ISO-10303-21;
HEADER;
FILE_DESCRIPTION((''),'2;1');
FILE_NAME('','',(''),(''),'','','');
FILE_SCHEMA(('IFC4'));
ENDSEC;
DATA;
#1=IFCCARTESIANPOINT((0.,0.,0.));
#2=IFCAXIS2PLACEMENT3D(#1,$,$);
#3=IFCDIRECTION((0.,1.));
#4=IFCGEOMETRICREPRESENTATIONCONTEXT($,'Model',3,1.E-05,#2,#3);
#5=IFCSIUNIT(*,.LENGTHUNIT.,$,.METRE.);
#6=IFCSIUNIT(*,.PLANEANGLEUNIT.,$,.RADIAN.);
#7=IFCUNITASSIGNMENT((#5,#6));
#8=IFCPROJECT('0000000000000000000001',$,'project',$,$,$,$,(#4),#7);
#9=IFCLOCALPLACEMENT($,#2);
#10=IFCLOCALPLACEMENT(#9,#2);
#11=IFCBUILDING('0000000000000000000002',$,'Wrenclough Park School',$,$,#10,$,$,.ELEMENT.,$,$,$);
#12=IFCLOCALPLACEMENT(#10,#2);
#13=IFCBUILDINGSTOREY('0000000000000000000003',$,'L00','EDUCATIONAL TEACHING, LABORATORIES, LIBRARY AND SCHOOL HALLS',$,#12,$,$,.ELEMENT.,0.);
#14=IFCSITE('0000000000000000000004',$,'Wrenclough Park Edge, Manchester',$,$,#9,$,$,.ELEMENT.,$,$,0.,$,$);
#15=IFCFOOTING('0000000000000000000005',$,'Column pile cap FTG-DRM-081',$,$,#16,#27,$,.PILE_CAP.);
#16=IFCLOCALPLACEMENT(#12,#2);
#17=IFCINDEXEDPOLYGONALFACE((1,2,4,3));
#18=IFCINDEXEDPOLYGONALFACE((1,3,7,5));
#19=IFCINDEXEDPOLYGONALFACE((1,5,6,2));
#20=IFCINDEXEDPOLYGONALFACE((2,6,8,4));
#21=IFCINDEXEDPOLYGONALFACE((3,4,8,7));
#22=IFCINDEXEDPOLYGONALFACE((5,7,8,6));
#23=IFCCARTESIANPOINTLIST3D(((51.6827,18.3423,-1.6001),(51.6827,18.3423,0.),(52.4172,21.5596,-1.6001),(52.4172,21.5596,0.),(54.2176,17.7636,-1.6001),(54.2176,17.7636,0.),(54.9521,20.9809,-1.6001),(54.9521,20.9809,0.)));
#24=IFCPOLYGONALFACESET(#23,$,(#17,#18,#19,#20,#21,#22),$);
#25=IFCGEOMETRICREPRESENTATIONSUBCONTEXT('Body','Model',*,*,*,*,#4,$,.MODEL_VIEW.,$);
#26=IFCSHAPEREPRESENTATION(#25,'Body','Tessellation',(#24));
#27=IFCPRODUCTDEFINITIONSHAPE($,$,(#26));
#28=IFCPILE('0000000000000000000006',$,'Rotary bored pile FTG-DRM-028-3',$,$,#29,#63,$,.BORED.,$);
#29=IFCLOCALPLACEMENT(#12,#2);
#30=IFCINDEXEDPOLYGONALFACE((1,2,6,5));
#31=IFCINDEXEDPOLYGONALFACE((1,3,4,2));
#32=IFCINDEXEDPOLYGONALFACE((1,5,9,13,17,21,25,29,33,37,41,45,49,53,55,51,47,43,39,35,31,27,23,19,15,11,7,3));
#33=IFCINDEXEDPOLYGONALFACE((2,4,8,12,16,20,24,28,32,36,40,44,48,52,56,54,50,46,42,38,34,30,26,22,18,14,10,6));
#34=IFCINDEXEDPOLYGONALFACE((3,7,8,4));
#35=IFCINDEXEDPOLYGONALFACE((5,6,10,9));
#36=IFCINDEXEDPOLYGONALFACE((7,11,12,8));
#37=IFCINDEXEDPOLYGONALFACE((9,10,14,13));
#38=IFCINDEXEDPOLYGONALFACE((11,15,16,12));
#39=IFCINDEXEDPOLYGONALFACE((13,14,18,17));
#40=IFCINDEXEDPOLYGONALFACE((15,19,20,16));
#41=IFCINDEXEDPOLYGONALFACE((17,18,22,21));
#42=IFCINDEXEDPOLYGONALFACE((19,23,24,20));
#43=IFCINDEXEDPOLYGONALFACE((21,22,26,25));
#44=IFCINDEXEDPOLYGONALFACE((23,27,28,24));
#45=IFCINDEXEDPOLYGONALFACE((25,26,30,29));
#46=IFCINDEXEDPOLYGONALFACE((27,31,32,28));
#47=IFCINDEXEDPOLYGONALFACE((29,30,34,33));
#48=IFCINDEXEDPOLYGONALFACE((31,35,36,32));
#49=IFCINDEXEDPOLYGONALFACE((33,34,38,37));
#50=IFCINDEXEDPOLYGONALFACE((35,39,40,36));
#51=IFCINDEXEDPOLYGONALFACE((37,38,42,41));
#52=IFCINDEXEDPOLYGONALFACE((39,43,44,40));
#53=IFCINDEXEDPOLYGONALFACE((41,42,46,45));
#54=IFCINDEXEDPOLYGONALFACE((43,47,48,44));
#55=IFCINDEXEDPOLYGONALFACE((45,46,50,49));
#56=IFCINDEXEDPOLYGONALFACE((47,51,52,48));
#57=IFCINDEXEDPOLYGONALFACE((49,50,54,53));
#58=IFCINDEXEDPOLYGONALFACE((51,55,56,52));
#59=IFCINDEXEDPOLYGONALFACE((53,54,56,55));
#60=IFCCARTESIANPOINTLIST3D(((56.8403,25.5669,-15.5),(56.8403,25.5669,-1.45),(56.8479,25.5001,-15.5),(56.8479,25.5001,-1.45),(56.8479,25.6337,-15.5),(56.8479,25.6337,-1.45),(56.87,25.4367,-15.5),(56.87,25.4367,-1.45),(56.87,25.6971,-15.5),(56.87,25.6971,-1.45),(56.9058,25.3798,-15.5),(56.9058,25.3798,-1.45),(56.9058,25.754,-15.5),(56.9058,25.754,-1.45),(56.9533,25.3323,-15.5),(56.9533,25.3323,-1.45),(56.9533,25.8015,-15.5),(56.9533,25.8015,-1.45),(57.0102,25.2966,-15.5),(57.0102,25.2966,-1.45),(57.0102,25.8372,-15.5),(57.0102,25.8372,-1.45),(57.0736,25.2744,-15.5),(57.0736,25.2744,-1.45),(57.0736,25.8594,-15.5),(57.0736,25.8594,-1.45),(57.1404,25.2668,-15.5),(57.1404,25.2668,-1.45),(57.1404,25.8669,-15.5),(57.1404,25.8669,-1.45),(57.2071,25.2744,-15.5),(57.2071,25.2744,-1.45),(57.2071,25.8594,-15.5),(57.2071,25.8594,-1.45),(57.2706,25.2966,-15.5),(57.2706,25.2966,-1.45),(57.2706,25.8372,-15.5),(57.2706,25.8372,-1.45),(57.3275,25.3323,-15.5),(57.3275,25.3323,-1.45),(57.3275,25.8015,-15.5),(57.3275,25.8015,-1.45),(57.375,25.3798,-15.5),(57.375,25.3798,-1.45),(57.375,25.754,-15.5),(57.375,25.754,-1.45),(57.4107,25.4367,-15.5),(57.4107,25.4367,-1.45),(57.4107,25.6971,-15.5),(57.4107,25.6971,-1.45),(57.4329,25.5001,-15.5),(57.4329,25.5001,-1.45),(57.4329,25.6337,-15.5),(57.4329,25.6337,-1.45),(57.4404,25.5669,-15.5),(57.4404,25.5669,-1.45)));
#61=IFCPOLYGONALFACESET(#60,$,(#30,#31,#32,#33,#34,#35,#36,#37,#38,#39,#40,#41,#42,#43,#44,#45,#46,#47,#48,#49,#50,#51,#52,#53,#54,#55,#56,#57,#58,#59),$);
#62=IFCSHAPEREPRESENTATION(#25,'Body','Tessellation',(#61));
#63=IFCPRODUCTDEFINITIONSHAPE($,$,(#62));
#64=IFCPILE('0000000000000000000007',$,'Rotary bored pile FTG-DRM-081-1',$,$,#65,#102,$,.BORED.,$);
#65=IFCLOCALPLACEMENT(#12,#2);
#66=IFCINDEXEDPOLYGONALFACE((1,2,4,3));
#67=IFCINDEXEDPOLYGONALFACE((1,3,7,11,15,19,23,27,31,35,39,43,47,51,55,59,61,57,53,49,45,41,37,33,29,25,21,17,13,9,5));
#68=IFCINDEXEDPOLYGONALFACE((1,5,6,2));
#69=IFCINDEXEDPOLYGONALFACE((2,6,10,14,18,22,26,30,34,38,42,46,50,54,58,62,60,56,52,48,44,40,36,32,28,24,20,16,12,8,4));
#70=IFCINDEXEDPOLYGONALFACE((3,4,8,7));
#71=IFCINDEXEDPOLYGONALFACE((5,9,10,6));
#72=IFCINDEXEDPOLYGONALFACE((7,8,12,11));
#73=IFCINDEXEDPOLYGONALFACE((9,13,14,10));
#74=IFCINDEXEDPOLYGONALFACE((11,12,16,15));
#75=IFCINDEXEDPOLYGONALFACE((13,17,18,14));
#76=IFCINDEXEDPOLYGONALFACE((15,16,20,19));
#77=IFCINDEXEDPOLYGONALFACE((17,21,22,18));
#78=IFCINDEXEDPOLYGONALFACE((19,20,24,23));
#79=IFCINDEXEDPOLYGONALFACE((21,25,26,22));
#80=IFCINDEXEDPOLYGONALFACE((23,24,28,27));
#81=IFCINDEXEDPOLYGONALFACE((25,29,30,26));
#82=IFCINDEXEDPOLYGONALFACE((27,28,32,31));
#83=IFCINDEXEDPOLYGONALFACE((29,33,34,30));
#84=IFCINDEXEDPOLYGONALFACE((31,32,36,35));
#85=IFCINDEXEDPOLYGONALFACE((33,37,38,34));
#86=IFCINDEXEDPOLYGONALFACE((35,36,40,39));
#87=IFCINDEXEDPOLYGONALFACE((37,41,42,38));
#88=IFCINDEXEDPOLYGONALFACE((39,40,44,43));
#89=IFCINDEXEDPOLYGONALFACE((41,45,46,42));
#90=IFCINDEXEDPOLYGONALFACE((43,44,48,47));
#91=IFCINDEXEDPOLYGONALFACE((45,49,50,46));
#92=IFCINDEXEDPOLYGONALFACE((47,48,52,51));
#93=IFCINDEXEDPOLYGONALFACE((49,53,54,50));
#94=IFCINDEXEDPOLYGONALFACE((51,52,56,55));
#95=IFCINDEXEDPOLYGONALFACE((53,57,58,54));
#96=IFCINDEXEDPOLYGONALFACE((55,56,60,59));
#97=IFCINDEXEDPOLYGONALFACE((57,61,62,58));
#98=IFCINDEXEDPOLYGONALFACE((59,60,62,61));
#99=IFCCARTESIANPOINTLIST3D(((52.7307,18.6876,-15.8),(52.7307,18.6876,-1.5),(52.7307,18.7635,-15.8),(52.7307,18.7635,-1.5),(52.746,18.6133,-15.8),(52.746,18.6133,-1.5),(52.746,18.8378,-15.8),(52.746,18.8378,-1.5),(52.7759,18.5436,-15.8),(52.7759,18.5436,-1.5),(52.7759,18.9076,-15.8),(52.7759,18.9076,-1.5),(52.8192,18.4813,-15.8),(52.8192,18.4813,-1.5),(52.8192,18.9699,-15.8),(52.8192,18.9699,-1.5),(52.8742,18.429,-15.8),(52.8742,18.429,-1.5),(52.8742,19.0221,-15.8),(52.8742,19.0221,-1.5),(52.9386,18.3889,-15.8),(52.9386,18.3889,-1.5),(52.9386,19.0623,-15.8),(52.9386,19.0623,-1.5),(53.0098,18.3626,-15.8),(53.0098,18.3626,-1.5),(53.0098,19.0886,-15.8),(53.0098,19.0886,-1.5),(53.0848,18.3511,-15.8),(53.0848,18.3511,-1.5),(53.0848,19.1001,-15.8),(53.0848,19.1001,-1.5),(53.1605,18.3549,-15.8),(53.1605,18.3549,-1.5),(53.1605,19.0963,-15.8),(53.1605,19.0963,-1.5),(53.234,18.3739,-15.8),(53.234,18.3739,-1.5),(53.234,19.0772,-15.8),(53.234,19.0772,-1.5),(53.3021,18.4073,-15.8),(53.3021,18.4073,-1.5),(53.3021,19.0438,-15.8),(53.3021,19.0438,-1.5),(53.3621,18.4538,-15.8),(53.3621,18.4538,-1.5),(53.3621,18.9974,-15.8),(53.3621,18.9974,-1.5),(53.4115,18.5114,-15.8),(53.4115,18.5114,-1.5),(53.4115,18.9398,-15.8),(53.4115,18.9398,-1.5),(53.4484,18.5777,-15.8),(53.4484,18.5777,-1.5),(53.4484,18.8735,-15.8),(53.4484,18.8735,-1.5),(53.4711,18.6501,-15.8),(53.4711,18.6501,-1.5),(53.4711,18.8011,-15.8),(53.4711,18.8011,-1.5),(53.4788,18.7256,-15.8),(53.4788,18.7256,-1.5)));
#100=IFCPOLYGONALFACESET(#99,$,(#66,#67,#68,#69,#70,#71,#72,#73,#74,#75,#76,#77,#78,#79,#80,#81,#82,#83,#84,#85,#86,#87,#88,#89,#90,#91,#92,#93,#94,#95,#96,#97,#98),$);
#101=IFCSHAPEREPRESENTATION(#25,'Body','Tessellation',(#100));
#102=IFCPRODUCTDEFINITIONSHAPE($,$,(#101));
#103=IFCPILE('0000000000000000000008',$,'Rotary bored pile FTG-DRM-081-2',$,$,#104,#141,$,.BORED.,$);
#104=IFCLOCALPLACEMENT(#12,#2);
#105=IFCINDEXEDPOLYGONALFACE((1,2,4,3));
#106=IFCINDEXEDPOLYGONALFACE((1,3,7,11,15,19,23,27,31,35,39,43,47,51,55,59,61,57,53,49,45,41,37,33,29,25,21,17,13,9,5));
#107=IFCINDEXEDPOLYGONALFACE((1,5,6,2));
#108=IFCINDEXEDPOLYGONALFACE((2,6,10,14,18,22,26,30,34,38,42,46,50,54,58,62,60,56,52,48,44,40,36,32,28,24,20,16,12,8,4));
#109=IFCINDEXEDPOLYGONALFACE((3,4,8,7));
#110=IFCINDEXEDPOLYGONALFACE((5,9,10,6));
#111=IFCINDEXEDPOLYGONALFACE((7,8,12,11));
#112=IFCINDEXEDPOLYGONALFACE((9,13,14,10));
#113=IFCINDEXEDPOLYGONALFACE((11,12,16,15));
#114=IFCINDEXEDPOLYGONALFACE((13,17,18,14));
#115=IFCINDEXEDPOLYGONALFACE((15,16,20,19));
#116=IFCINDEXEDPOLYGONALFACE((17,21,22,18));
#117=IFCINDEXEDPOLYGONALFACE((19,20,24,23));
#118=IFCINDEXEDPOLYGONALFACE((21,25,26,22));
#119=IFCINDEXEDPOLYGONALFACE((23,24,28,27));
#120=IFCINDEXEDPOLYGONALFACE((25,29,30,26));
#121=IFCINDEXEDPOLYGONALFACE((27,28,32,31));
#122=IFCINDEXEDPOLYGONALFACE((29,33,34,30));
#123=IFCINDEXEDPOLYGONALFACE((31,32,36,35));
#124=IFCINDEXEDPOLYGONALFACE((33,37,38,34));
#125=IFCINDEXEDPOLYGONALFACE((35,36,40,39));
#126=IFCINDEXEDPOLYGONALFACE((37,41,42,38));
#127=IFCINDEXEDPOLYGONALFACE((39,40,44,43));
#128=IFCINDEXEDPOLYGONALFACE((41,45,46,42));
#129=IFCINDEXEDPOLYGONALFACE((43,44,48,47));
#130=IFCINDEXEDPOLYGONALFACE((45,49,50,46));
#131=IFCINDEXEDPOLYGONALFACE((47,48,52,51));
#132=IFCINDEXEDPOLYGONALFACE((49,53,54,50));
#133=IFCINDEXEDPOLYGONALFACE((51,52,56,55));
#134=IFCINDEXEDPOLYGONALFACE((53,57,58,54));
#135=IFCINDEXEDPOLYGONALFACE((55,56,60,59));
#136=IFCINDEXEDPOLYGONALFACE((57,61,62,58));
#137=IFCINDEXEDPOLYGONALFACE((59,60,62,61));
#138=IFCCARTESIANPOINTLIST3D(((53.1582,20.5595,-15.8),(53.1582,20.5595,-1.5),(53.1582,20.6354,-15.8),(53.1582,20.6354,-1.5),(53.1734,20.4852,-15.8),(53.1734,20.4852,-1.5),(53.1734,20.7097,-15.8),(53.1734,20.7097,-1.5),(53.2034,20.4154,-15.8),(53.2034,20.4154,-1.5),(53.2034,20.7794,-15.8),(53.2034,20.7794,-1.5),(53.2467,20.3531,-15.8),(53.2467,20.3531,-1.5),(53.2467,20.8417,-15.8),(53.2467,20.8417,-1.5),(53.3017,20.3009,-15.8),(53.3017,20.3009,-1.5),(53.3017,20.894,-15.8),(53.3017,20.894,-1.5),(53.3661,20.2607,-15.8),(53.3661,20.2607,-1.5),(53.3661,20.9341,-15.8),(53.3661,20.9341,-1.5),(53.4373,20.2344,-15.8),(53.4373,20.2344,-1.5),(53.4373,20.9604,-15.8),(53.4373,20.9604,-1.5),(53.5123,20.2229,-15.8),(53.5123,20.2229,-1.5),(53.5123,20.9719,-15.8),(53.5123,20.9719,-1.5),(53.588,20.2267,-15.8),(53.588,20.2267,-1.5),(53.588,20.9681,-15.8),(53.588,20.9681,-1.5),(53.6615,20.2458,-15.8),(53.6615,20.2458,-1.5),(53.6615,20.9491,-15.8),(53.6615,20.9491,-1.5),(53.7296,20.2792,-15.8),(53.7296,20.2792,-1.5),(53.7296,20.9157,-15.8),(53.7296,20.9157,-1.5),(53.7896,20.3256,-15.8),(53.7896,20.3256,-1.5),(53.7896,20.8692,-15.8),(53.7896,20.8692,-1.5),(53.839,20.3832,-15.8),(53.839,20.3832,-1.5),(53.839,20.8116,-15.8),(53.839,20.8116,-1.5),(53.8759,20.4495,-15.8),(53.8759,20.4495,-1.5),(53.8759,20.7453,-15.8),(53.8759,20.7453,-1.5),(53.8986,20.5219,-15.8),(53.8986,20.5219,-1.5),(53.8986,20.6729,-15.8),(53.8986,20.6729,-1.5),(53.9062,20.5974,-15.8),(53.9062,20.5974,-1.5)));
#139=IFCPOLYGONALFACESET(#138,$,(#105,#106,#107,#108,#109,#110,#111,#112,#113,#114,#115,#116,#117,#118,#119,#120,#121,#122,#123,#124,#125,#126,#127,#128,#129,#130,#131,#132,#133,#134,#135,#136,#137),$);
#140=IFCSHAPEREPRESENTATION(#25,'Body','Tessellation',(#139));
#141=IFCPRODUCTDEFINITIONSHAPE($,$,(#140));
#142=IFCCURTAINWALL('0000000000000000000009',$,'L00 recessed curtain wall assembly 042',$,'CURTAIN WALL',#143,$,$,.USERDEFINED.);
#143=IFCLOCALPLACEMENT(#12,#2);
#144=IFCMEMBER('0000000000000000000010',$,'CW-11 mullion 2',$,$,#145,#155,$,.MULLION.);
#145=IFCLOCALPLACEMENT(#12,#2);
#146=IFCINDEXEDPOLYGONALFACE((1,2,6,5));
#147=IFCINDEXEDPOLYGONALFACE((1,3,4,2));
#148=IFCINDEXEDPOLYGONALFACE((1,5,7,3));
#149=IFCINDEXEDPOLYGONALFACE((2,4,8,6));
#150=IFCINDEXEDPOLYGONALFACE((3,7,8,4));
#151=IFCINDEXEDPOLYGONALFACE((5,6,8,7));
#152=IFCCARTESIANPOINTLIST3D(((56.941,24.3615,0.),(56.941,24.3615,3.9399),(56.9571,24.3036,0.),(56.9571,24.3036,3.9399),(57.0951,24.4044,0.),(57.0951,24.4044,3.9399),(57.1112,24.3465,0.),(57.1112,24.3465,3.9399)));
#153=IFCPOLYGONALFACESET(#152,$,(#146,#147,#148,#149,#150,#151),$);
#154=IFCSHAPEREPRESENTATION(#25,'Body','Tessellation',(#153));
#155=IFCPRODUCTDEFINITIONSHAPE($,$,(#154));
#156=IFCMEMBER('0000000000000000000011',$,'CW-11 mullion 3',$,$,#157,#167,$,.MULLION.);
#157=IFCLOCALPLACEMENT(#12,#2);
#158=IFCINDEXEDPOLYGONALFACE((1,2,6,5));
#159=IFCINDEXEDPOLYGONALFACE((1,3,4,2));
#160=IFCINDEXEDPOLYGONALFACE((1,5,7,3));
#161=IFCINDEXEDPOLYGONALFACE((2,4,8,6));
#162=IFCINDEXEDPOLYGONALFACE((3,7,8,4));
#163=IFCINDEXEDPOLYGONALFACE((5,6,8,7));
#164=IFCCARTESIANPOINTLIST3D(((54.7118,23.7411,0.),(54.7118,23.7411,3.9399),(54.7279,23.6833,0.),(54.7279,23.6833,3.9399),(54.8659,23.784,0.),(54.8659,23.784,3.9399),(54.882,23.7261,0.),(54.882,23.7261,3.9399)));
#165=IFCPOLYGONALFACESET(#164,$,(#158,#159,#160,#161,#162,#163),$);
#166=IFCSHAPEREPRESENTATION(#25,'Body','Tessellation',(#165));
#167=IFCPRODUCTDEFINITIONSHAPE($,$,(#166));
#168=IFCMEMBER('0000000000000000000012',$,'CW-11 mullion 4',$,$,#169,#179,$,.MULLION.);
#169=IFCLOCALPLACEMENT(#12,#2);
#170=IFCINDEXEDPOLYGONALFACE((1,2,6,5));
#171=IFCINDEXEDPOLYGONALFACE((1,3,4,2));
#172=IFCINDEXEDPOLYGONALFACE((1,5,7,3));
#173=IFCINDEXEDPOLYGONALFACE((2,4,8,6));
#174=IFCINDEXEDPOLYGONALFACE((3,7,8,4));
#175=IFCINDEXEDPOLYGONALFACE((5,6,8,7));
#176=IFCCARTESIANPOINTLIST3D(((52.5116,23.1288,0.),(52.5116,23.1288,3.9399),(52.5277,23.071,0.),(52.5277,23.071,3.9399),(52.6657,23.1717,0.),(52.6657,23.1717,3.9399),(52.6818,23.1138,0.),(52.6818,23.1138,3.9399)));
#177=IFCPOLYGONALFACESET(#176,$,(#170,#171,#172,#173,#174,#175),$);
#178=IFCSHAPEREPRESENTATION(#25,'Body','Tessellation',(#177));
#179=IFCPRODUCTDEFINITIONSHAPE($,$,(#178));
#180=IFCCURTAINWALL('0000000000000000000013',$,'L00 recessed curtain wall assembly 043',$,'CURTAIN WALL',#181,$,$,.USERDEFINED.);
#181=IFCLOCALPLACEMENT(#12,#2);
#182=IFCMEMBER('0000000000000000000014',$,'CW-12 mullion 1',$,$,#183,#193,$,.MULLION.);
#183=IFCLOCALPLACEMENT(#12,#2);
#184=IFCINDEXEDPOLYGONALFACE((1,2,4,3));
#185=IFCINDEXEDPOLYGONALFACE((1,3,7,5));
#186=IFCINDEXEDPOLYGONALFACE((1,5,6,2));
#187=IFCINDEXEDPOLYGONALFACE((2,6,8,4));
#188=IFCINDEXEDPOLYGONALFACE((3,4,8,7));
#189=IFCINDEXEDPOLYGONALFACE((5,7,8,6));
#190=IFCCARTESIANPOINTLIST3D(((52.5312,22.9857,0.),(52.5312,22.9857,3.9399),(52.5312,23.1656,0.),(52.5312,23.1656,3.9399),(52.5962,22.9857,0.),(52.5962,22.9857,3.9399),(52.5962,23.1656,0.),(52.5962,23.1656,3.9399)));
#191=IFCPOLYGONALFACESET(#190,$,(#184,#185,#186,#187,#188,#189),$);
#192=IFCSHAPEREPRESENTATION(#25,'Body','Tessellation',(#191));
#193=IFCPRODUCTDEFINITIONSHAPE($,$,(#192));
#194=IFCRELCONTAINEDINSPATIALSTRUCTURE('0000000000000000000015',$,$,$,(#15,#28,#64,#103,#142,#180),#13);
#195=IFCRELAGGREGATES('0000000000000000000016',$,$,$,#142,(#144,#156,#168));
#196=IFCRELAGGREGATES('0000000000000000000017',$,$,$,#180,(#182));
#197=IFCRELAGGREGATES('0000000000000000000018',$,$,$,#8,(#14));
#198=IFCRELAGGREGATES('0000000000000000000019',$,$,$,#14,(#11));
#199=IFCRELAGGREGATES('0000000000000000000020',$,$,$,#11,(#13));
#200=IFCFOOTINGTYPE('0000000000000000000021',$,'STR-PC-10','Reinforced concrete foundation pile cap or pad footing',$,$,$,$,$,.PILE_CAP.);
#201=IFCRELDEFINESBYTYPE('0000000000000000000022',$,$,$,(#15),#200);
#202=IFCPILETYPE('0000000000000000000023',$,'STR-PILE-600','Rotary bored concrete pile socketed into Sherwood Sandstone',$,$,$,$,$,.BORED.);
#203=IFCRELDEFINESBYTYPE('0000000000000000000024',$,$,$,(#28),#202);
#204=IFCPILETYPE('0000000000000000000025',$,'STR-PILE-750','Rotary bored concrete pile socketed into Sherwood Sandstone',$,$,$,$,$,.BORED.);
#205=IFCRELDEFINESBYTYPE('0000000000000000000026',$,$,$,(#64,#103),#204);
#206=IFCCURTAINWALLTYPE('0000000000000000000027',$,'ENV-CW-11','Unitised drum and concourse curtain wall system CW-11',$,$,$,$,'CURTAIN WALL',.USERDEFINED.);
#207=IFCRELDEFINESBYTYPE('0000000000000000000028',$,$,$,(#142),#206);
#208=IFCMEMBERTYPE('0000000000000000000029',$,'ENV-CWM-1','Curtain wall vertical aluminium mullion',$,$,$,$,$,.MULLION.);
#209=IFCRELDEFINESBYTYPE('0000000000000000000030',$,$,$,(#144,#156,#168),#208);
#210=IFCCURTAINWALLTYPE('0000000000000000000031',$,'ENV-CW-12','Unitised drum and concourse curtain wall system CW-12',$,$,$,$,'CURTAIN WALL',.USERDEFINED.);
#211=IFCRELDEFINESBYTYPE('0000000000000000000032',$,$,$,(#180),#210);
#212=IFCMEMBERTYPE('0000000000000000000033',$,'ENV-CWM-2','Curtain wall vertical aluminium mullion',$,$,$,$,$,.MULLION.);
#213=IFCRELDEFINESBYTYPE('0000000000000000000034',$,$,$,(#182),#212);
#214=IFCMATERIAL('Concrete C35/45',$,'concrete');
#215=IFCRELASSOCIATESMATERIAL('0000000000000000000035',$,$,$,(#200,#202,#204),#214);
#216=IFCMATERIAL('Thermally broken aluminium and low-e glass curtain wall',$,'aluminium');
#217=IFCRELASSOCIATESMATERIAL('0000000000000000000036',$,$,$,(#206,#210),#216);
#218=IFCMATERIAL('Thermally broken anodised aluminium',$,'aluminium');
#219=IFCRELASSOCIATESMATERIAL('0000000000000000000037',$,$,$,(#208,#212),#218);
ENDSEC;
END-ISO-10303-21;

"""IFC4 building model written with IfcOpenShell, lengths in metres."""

from ifc_helpers import new_model, si_unit, direction, frame, origin, origin_2d, place, context, subcontext, project, spatial, rectangle, circle, extrude, material, material_profile, profile_set, type_object, element, aggregate, save


model = new_model("IFC4")

# Units and contexts
model_context = context("Model", 3, precision=1e-05, world=origin(), true_north=direction((0.0, 1.0)))
body_context = subcontext(model_context, "Body", "Model", "MODEL_VIEW")
ifc_project = project(units=[si_unit("LENGTHUNIT", "METRE"), si_unit("PLANEANGLEUNIT", "RADIAN")], contexts=[model_context])

# Site, building, storey
site_placement = place(None, origin())
site = spatial("IfcSite", under=ifc_project, at=site_placement, Name="Wrenclough Park Edge, Manchester", CompositionType="ELEMENT", RefElevation=0.0)
building_placement = place(site_placement, origin())
building = spatial("IfcBuilding", under=site, at=building_placement, Name="Wrenclough Park School", CompositionType="ELEMENT")
storey_placement = place(building_placement, origin())
storey = spatial("IfcBuildingStorey", under=building, at=storey_placement, Name="L00", Description="EDUCATIONAL TEACHING, LABORATORIES, LIBRARY AND SCHOOL HALLS", CompositionType="ELEMENT", Elevation=0.0)

# Footing
ifc_material_1 = material(Name="Concrete C35/45", Category="concrete")
footing_type = type_object("IfcFootingType", Name="STR-PC-10", Description="Reinforced concrete foundation pile cap or pad footing", PredefinedType="PILE_CAP", material=ifc_material_1)
footing_placement = place(storey_placement, frame((53.3174, 19.6616, -1.6001), z_axis=(0.0, 0.0, 1.0), x_axis=(0.22257, 0.974917, 0.0)))
element("IfcFooting", 1, at=footing_placement, inside=storey, type_object=footing_type, Name="Column pile cap FTG-DRM-081", PredefinedType="PILE_CAP", context=body_context, shape_type="SweptSolid", body=[
    extrude(rectangle(XDim=3.3, YDim=2.6001, at=origin_2d()), origin(), (0.0, 0.0, 1.0), 1.6001),
])

# Piles
ifc_material_profile_1 = material_profile(ifc_material_1, circle(Radius=0.3, at=origin_2d()), Name="BORED PILE D600")
ifc_profile_set_1 = profile_set([ifc_material_profile_1], Name="Concrete C35/45")
pile_type_1 = type_object("IfcPileType", Name="STR-PILE-600", Description="Rotary bored concrete pile socketed into Sherwood Sandstone", PredefinedType="BORED", material=ifc_profile_set_1)
pile_placement = place(storey_placement, frame((57.1404, 25.5669, -1.45), z_axis=(0.0, 0.0, -1.0), x_axis=(1.0, 0.0, 0.0)))
element("IfcPile", 2, at=pile_placement, inside=storey, type_object=pile_type_1, Name="Rotary bored pile FTG-DRM-028-3", PredefinedType="BORED", context=body_context, shape_type="SweptSolid", body=[
    extrude(circle(Radius=0.3, at=origin_2d()), origin(), (0.0, 0.0, 1.0), 14.05),
])
ifc_material_profile_2 = material_profile(ifc_material_1, circle(Radius=0.375, at=origin_2d()), Name="BORED PILE D750")
ifc_profile_set_2 = profile_set([ifc_material_profile_2], Name="Concrete C35/45")
pile_type_2 = type_object("IfcPileType", Name="STR-PILE-750", Description="Rotary bored concrete pile socketed into Sherwood Sandstone", PredefinedType="BORED", material=ifc_profile_set_2)
for number, where, z_axis, x_axis, name in (
    (3, (53.1038, 18.7256, -1.5), (0.0, 0.0, -1.0), (1.0, 0.0, 0.0), "Rotary bored pile FTG-DRM-081-1"),
    (4, (53.5312, 20.5974, -1.5), (0.0, 0.0, -1.0), (1.0, 0.0, 0.0), "Rotary bored pile FTG-DRM-081-2"),
):
    element("IfcPile", number, at=place(storey_placement, frame(where, z_axis=z_axis, x_axis=x_axis)), inside=storey, type_object=pile_type_2, Name=name, PredefinedType="BORED", context=body_context, shape_type="SweptSolid", body=[
        extrude(circle(Radius=0.375, at=origin_2d()), origin(), (0.0, 0.0, 1.0), 14.3),
    ])

# Curtain wall, members
ifc_material_2 = material(Name="Thermally broken aluminium and low-e glass curtain wall", Category="aluminium")
curtain_wall_type_1 = type_object("IfcCurtainWallType", Name="ENV-CW-11", Description="Unitised drum and concourse curtain wall system CW-11", ElementType="CURTAIN WALL", PredefinedType="USERDEFINED", material=ifc_material_2)
curtain_wall_1_placement = place(storey_placement, origin())
curtain_wall_1 = element("IfcCurtainWall", 5, at=curtain_wall_1_placement, inside=storey, type_object=curtain_wall_type_1, Name="L00 recessed curtain wall assembly 042", ObjectType="CURTAIN WALL", PredefinedType="USERDEFINED")
ifc_material_3 = material(Name="Thermally broken anodised aluminium", Category="aluminium")
ifc_material_profile_3 = material_profile(ifc_material_3, rectangle(XDim=0.0601, YDim=0.1599, at=origin_2d()), Name="AL MULLION 60x160")
ifc_profile_set_3 = profile_set([ifc_material_profile_3], Name="Thermally broken anodised aluminium")
member_type_1 = type_object("IfcMemberType", Name="ENV-CWM-1", Description="Curtain wall vertical aluminium mullion", PredefinedType="MULLION", material=ifc_profile_set_3)
member_1_placement = place(storey_placement, frame((57.0261, 24.354, 0.0), z_axis=(0.0, 0.0, 1.0), x_axis=(0.268073, -0.963399, 0.0)))
member_1 = element("IfcMember", 6, at=member_1_placement, type_object=member_type_1, Name="CW-11 mullion 2", PredefinedType="MULLION", context=body_context, shape_type="SweptSolid", body=[
    extrude(rectangle(XDim=0.0601, YDim=0.1599, at=origin_2d()), origin(), (0.0, 0.0, 1.0), 3.9399),
])
member_2_placement = place(storey_placement, frame((54.7969, 23.7336, 0.0), z_axis=(0.0, 0.0, 1.0), x_axis=(0.268073, -0.963399, 0.0)))
member_2 = element("IfcMember", 7, at=member_2_placement, type_object=member_type_1, Name="CW-11 mullion 3", PredefinedType="MULLION", context=body_context, shape_type="SweptSolid", body=[
    extrude(rectangle(XDim=0.0601, YDim=0.1599, at=origin_2d()), origin(), (0.0, 0.0, 1.0), 3.9399),
])
member_3_placement = place(storey_placement, frame((52.5967, 23.1213, 0.0), z_axis=(0.0, 0.0, 1.0), x_axis=(0.268073, -0.963399, 0.0)))
member_3 = element("IfcMember", 8, at=member_3_placement, type_object=member_type_1, Name="CW-11 mullion 4", PredefinedType="MULLION", context=body_context, shape_type="SweptSolid", body=[
    extrude(rectangle(XDim=0.0601, YDim=0.1599, at=origin_2d()), origin(), (0.0, 0.0, 1.0), 3.9399),
])

# Curtain wall, member
curtain_wall_type_2 = type_object("IfcCurtainWallType", Name="ENV-CW-12", Description="Unitised drum and concourse curtain wall system CW-12", ElementType="CURTAIN WALL", PredefinedType="USERDEFINED", material=ifc_material_2)
curtain_wall_2_placement = place(storey_placement, origin())
curtain_wall_2 = element("IfcCurtainWall", 9, at=curtain_wall_2_placement, inside=storey, type_object=curtain_wall_type_2, Name="L00 recessed curtain wall assembly 043", ObjectType="CURTAIN WALL", PredefinedType="USERDEFINED")
ifc_material_profile_4 = material_profile(ifc_material_3, rectangle(XDim=0.0649, YDim=0.1799, at=origin_2d()), Name="AL MULLION 65x180")
ifc_profile_set_4 = profile_set([ifc_material_profile_4], Name="Thermally broken anodised aluminium")
member_type_2 = type_object("IfcMemberType", Name="ENV-CWM-2", Description="Curtain wall vertical aluminium mullion", PredefinedType="MULLION", material=ifc_profile_set_4)
member_4_placement = place(storey_placement, frame((52.5637, 23.0757, 0.0), z_axis=(0.0, 0.0, 1.0), x_axis=(1.0, 0.0, 0.0)))
member_4 = element("IfcMember", 10, at=member_4_placement, type_object=member_type_2, Name="CW-12 mullion 1", PredefinedType="MULLION", context=body_context, shape_type="SweptSolid", body=[
    extrude(rectangle(XDim=0.0649, YDim=0.1799, at=origin_2d()), origin(), (0.0, 0.0, 1.0), 3.9399),
])

aggregate(curtain_wall_1, [member_1, member_2, member_3])
aggregate(curtain_wall_2, [member_4])

save(model, "model.ifc")
